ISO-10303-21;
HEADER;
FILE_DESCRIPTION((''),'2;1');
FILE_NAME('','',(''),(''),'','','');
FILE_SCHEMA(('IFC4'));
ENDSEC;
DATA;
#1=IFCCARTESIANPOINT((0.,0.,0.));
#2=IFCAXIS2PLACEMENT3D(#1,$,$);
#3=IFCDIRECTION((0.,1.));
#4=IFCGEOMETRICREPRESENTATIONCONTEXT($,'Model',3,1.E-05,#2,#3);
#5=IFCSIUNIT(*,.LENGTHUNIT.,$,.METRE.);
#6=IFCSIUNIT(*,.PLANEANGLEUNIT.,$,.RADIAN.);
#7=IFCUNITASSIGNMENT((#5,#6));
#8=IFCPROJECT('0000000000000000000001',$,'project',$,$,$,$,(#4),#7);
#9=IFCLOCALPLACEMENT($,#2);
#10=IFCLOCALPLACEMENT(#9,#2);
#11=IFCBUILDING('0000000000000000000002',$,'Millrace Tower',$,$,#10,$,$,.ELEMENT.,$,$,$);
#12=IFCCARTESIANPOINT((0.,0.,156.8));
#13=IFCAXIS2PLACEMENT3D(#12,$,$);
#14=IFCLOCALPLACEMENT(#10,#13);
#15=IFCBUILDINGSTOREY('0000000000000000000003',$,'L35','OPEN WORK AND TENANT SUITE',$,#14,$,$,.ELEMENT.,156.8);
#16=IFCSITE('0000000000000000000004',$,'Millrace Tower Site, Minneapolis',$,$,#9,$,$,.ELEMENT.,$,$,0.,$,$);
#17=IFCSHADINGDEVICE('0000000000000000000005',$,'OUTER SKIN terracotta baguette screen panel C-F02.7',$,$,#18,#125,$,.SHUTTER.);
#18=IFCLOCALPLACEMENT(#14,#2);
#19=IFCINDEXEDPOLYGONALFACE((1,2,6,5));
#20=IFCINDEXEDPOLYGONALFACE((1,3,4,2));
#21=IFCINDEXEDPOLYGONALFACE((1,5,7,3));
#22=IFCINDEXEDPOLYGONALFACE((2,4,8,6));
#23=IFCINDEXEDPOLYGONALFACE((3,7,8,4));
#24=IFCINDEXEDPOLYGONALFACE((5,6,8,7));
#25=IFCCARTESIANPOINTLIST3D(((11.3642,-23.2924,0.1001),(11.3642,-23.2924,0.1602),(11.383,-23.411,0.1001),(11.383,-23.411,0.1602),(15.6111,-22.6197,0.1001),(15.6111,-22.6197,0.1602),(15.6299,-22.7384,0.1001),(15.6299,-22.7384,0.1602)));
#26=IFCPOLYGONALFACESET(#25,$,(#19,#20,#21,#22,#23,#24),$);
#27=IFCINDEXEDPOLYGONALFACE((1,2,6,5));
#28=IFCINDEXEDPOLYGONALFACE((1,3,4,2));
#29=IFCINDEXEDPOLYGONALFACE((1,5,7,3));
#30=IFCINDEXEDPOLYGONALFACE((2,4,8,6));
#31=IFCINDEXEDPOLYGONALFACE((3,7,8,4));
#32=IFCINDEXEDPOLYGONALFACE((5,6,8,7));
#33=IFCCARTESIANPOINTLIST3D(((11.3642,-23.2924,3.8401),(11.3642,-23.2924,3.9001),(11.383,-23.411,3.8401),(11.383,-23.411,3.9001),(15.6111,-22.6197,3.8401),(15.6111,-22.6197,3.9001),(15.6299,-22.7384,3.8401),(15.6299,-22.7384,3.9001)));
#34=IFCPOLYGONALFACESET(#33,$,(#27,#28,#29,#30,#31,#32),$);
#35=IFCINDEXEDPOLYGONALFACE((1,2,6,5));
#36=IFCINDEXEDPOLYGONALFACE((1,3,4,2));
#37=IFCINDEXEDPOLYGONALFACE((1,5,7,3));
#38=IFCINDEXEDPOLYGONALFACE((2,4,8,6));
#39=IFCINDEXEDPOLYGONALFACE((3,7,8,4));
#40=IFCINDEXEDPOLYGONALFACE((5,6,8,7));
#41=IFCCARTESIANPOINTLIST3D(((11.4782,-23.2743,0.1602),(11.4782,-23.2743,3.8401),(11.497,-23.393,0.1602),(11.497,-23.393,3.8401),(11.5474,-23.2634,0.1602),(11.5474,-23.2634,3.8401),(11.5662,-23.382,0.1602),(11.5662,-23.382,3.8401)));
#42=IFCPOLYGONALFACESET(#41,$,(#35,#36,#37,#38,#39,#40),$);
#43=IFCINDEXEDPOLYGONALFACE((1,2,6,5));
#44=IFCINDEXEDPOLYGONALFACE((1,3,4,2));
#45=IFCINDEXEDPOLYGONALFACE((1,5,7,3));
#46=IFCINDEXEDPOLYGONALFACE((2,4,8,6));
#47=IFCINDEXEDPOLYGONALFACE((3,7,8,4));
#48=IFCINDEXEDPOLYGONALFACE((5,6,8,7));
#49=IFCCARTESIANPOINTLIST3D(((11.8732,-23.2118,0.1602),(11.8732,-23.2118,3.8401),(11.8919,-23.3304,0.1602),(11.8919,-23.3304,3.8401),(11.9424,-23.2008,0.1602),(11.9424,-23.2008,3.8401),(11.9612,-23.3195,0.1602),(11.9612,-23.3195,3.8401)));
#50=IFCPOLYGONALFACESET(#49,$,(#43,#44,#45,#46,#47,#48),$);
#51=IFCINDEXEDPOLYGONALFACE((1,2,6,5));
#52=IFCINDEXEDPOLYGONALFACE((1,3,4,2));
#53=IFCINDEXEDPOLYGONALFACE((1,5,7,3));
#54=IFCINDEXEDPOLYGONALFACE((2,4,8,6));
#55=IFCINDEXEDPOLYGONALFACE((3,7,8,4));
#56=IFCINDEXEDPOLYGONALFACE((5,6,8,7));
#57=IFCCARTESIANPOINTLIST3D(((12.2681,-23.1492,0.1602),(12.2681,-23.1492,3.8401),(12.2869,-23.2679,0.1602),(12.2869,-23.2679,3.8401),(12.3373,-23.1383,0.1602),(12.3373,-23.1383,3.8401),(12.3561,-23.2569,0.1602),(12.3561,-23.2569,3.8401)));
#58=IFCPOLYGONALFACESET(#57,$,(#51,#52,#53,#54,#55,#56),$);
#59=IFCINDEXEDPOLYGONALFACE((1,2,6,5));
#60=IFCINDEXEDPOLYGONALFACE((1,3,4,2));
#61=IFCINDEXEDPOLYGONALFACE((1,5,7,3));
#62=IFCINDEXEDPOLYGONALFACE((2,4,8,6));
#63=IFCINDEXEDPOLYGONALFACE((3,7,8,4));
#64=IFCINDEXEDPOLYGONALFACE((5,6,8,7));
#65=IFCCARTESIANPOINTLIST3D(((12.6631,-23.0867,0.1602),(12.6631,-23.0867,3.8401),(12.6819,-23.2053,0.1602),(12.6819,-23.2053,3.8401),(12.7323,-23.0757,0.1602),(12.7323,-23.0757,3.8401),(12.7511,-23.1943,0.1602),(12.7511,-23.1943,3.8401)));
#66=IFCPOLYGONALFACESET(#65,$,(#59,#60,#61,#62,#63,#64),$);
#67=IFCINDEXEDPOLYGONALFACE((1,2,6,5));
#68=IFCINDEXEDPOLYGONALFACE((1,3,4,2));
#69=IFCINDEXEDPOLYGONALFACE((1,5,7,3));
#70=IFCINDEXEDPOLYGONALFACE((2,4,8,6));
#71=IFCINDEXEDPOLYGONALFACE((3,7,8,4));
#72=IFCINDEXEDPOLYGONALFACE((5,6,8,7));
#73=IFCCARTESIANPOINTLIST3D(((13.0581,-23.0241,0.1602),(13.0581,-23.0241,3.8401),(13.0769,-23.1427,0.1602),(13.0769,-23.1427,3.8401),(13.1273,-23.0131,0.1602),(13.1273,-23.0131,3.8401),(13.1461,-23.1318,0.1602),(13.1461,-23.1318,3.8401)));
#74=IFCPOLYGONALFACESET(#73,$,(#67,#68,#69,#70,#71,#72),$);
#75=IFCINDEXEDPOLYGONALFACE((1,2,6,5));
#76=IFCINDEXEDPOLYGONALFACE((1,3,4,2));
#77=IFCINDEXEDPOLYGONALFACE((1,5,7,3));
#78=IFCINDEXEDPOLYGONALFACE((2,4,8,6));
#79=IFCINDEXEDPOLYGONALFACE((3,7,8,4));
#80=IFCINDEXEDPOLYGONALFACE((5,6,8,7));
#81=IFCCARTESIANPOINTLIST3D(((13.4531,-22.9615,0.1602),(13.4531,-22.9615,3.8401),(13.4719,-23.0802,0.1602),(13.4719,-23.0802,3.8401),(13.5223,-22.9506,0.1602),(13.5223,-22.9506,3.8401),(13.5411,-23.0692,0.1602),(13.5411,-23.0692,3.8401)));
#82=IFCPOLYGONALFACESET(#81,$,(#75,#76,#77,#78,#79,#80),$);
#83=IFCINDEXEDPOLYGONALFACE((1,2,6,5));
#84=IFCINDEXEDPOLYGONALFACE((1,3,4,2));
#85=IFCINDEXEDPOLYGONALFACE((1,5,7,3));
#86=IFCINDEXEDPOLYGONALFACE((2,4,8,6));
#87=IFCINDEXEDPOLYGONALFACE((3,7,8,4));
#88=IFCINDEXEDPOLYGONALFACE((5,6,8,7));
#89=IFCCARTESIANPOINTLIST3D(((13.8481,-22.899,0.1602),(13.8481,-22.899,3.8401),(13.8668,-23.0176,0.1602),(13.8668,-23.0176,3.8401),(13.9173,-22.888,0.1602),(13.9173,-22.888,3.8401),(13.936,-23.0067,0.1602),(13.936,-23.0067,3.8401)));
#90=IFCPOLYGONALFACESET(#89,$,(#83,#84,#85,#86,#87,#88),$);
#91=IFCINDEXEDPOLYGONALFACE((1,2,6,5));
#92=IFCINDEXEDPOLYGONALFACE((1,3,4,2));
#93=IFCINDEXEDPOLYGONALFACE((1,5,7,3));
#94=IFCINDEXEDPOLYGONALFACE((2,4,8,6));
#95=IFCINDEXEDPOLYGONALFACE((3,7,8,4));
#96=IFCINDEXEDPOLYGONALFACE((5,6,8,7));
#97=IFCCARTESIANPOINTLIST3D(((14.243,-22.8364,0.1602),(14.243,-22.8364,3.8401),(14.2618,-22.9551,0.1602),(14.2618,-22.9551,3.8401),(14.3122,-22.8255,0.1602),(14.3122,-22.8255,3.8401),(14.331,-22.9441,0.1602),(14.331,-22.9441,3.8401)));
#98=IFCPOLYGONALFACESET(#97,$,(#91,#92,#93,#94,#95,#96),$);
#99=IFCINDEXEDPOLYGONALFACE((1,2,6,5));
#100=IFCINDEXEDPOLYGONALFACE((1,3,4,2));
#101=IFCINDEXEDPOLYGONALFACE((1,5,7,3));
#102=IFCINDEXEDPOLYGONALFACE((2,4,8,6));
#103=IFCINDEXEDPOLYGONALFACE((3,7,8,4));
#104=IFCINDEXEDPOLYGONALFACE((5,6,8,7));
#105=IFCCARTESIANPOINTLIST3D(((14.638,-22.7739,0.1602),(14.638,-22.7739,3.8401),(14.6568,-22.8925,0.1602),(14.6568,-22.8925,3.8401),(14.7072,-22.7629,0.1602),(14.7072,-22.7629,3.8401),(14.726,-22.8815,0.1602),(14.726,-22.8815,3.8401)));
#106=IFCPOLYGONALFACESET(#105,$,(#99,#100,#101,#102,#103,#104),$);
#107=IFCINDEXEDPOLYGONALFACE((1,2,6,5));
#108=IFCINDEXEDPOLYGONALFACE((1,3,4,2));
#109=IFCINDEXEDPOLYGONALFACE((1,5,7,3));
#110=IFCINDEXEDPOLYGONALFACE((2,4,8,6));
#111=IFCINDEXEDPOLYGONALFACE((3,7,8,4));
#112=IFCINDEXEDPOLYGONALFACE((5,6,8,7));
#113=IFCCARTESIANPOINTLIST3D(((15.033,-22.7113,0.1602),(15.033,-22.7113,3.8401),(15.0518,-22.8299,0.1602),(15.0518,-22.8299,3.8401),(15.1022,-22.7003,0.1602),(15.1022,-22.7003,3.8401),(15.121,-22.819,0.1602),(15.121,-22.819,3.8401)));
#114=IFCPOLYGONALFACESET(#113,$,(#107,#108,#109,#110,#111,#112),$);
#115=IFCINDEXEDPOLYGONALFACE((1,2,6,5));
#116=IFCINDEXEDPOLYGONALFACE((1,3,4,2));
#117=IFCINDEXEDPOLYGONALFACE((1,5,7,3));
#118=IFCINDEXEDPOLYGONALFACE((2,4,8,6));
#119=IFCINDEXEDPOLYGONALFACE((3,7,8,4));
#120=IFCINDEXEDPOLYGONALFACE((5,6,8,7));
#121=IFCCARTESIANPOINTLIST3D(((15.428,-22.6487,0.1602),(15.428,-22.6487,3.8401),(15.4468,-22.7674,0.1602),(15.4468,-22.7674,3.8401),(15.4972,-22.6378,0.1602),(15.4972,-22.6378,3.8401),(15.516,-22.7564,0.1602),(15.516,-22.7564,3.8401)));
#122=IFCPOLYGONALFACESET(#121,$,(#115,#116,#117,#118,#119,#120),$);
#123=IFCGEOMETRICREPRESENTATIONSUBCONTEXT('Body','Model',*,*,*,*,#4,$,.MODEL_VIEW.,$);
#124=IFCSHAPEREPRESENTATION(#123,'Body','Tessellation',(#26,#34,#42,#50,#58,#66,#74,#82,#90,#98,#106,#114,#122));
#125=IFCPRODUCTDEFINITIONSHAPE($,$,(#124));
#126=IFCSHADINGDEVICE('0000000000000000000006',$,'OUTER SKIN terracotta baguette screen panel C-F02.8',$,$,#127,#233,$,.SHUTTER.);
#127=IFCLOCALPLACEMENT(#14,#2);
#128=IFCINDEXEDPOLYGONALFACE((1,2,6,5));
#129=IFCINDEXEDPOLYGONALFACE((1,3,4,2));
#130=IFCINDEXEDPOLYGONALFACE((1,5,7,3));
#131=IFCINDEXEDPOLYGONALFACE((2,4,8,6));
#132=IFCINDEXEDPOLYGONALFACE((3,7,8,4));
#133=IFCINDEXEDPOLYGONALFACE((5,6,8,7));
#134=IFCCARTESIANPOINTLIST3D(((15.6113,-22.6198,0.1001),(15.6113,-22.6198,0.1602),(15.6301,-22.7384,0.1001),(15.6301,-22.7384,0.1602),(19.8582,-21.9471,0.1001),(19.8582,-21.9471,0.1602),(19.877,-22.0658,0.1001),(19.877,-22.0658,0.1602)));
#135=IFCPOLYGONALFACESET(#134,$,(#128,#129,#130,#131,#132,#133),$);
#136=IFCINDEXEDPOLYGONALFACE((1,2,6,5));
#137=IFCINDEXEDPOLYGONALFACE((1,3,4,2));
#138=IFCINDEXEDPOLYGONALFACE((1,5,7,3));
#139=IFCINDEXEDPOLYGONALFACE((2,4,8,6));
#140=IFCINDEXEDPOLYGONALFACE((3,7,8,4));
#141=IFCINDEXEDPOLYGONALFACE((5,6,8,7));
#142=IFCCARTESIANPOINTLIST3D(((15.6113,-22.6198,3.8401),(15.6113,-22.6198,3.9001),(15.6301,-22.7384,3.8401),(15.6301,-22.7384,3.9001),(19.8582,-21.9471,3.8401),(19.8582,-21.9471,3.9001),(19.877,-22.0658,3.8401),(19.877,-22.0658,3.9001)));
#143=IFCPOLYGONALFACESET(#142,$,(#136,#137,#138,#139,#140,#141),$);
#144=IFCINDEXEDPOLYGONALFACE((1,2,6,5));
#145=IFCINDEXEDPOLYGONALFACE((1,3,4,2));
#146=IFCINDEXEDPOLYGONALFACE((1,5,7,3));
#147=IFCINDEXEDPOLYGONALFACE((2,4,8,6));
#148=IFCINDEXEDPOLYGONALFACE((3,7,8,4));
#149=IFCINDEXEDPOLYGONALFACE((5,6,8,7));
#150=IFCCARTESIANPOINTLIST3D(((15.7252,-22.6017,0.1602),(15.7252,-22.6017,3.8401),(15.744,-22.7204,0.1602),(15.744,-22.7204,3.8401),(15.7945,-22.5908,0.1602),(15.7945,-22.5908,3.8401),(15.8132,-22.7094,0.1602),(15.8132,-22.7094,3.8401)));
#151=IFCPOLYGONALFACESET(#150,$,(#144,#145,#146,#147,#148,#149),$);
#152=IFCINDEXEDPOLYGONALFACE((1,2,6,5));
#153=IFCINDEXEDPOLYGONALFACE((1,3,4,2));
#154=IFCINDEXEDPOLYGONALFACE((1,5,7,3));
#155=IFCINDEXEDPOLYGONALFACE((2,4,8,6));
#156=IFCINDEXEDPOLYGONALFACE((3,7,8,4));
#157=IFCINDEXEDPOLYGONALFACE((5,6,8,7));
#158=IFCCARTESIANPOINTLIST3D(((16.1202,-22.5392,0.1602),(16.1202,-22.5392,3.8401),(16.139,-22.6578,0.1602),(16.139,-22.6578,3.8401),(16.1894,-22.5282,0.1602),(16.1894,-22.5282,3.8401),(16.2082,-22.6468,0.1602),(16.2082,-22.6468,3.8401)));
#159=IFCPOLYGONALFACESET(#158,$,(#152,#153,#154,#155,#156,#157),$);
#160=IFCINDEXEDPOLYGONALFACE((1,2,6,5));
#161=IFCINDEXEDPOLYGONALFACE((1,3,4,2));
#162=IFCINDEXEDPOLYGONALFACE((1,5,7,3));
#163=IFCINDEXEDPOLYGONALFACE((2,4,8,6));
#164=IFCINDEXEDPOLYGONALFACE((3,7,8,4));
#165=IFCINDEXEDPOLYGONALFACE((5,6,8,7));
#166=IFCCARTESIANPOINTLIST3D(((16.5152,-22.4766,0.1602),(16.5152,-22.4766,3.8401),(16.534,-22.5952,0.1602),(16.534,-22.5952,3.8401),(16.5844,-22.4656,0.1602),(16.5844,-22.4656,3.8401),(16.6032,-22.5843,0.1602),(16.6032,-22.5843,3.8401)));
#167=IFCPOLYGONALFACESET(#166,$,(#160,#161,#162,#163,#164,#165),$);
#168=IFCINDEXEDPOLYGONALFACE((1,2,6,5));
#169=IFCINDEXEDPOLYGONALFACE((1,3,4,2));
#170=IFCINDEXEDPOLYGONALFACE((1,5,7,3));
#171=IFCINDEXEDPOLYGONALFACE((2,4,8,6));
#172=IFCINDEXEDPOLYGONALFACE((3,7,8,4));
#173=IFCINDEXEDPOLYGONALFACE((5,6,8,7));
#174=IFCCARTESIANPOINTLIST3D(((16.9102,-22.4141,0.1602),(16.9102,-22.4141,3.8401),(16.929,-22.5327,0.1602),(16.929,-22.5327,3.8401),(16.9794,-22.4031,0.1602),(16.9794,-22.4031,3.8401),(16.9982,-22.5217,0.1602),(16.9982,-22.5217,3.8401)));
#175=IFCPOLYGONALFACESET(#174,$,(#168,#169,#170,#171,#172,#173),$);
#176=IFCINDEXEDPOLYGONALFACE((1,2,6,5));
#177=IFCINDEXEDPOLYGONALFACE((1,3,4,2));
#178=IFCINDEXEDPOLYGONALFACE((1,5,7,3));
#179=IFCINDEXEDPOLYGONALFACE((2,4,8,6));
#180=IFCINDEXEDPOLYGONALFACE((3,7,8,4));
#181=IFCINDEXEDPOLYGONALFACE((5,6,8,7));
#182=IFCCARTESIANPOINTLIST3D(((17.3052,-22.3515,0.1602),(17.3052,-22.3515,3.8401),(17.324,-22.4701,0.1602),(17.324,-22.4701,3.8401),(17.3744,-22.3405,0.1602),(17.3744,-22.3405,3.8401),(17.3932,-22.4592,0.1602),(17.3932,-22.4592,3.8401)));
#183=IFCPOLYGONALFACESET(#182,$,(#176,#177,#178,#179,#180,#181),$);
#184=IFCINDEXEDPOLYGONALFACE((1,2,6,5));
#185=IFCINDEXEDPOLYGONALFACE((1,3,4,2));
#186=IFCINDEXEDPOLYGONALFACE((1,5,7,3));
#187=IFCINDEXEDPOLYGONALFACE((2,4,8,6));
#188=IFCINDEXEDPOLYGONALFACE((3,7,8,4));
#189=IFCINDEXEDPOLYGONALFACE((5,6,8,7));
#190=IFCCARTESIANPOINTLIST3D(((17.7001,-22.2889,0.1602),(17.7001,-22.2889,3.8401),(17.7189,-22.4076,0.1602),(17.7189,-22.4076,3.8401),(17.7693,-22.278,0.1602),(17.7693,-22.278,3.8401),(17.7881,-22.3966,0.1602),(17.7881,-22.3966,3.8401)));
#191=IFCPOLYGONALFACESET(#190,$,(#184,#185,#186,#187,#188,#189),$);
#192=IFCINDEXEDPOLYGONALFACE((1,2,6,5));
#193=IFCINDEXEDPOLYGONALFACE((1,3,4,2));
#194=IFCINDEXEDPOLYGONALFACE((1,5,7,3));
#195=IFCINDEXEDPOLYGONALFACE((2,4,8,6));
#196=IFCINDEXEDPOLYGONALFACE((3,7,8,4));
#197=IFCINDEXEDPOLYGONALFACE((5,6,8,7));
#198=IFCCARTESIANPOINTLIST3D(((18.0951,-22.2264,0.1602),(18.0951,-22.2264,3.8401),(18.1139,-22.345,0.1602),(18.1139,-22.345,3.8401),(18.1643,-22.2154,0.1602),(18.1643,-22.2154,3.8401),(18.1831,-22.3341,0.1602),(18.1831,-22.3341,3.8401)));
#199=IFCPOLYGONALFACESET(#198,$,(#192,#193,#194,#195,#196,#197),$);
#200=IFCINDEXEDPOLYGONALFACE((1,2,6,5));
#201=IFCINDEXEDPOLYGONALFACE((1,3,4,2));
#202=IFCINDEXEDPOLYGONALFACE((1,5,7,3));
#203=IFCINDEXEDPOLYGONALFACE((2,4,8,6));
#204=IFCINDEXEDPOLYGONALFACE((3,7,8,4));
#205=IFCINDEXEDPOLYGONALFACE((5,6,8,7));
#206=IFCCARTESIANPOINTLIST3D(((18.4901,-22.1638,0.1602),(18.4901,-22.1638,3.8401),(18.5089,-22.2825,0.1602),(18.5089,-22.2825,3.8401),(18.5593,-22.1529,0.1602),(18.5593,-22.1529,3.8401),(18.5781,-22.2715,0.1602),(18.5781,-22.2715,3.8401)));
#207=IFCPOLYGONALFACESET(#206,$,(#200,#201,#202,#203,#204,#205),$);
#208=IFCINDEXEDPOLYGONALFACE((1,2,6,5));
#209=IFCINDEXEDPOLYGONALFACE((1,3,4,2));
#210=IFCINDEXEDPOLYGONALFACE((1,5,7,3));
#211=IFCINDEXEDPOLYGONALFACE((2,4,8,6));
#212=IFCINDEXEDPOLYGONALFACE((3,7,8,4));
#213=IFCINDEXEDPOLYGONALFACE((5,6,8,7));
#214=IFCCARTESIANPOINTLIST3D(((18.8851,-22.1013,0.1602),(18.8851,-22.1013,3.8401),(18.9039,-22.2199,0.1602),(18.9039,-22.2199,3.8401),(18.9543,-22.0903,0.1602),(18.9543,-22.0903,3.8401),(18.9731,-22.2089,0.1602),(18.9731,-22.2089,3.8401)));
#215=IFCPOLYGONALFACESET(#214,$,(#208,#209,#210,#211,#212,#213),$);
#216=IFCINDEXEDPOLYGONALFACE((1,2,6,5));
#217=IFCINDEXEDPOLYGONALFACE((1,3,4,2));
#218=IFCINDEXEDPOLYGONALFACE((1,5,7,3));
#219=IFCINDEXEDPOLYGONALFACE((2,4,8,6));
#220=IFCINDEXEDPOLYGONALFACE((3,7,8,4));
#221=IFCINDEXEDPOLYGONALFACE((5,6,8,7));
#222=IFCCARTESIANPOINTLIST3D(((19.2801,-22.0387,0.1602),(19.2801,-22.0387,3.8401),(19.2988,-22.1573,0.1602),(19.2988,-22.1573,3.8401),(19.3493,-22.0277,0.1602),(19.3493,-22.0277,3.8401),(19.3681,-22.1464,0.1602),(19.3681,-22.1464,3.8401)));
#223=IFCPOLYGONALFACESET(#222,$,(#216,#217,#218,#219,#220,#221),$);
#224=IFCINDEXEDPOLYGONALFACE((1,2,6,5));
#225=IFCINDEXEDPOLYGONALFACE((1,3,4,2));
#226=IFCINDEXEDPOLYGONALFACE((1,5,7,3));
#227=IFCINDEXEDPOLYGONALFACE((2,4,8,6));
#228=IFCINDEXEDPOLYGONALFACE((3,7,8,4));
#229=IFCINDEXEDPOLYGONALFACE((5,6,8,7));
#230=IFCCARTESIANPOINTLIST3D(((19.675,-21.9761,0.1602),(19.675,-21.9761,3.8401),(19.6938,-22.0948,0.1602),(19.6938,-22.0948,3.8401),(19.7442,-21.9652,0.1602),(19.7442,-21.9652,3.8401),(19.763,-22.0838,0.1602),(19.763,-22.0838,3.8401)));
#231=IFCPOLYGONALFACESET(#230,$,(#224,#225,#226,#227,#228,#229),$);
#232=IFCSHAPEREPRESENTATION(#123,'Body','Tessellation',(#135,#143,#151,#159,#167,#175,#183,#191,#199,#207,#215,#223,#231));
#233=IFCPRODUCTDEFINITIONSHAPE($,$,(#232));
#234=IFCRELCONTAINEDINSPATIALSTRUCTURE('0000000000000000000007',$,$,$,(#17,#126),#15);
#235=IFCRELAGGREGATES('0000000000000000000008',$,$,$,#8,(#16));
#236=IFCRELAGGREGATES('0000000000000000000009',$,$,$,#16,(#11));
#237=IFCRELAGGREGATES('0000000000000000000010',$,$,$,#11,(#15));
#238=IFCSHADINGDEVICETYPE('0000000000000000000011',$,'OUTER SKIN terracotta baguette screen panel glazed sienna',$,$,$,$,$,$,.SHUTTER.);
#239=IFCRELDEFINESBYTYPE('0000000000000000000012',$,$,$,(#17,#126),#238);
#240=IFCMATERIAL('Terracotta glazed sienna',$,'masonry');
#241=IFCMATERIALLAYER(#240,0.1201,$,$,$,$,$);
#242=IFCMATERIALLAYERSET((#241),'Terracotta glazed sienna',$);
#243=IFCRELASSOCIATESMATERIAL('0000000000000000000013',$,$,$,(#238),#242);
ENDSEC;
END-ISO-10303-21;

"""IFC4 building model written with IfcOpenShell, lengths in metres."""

from ifc_helpers import new_model, entity, si_unit, direction, frame, frame_2d, origin, origin_2d, place, context, subcontext, project, spatial, rectangle, extrude, source, transform, mapped, material, layer, layer_set, type_object, element, save


model = new_model("IFC4")

# Units and contexts
model_context = context("Model", 3, precision=1e-05, world=origin(), true_north=direction((0.0, 1.0)))
body_context = subcontext(model_context, "Body", "Model", "MODEL_VIEW")
ifc_project = project(units=[si_unit("LENGTHUNIT", "METRE"), si_unit("PLANEANGLEUNIT", "RADIAN")], contexts=[model_context])

# Site, building, storey
site_placement = place(None, origin())
site = spatial("IfcSite", under=ifc_project, at=site_placement, Name="Millrace Tower Site, Minneapolis", CompositionType="ELEMENT", RefElevation=0.0)
building_placement = place(site_placement, origin())
building = spatial("IfcBuilding", under=site, at=building_placement, Name="Millrace Tower", CompositionType="ELEMENT")
storey_placement = place(building_placement, frame((0.0, 0.0, 156.8)))
storey = spatial("IfcBuildingStorey", under=building, at=storey_placement, Name="L35", Description="OPEN WORK AND TENANT SUITE", CompositionType="ELEMENT", Elevation=156.8)

# Shading devices
ifc_material_1 = material(Name="Terracotta glazed sienna", Category="masonry")
ifc_layer_1 = layer(ifc_material_1, 0.1201)
ifc_layer_set_1 = layer_set([ifc_layer_1], Name="Terracotta glazed sienna")
shading_device_type = type_object("IfcShadingDeviceType", Name="OUTER SKIN terracotta baguette screen panel glazed sienna", PredefinedType="SHUTTER", material=ifc_layer_set_1)
cartesian_point_1 = entity("IfcCartesianPoint", [-2.1499, 0.0601])
shared_polyline_1 = entity("IfcPolyline", [cartesian_point_1, entity("IfcCartesianPoint", [2.1499, 0.0601]), entity("IfcCartesianPoint", [2.1499, -0.0601]), entity("IfcCartesianPoint", [-2.1499, -0.0601]), cartesian_point_1])
shared_shape_1 = source(origin(), body_context, "Body", "SweptSolid", [
    entity("IfcExtrudedAreaSolid", entity("IfcArbitraryClosedProfileDef", "AREA", None, shared_polyline_1), entity("IfcAxis2Placement3D", entity("IfcCartesianPoint", [0.0, 0.0, 0.0])), entity("IfcDirection", [0.0, 0.0, 1.0]), 0.0601),
    entity("IfcExtrudedAreaSolid", entity("IfcArbitraryClosedProfileDef", "AREA", None, shared_polyline_1), entity("IfcAxis2Placement3D", entity("IfcCartesianPoint", [0.0, 0.0, 3.74])), entity("IfcDirection", [0.0, 0.0, 1.0]), 0.0601),
    extrude(rectangle(XDim=0.0701, YDim=0.1201, at=frame_2d((-1.9995, 0.0))), frame((0.0, 0.0, 0.0601)), (0.0, 0.0, 1.0), 3.6799),
    extrude(rectangle(XDim=0.0701, YDim=0.1201, at=frame_2d((-1.5996, 0.0))), frame((0.0, 0.0, 0.0601)), (0.0, 0.0, 1.0), 3.6799),
    extrude(rectangle(XDim=0.0701, YDim=0.1201, at=frame_2d((-1.1997, 0.0))), frame((0.0, 0.0, 0.0601)), (0.0, 0.0, 1.0), 3.6799),
    extrude(rectangle(XDim=0.0701, YDim=0.1201, at=frame_2d((-0.7998, 0.0))), frame((0.0, 0.0, 0.0601)), (0.0, 0.0, 1.0), 3.6799),
    extrude(rectangle(XDim=0.0701, YDim=0.1201, at=frame_2d((-0.3999, 0.0))), frame((0.0, 0.0, 0.0601)), (0.0, 0.0, 1.0), 3.6799),
    extrude(rectangle(XDim=0.0701, YDim=0.1201, at=origin_2d()), frame((0.0, 0.0, 0.0601)), (0.0, 0.0, 1.0), 3.6799),
    extrude(rectangle(XDim=0.0701, YDim=0.1201, at=frame_2d((0.3999, 0.0))), frame((0.0, 0.0, 0.0601)), (0.0, 0.0, 1.0), 3.6799),
    extrude(rectangle(XDim=0.0701, YDim=0.1201, at=frame_2d((0.7998, 0.0))), frame((0.0, 0.0, 0.0601)), (0.0, 0.0, 1.0), 3.6799),
    extrude(rectangle(XDim=0.0701, YDim=0.1201, at=frame_2d((1.1997, 0.0))), frame((0.0, 0.0, 0.0601)), (0.0, 0.0, 1.0), 3.6799),
    extrude(rectangle(XDim=0.0701, YDim=0.1201, at=frame_2d((1.5996, 0.0))), frame((0.0, 0.0, 0.0601)), (0.0, 0.0, 1.0), 3.6799),
    extrude(rectangle(XDim=0.0701, YDim=0.1201, at=frame_2d((1.9995, 0.0))), frame((0.0, 0.0, 0.0601)), (0.0, 0.0, 1.0), 3.6799),
])
for number, where, z_axis, x_axis, name in (
    (1, (13.4971, -23.0154, 0.1001), (0.0, 0.0, 1.0), (0.987688, 0.156434, 0.0), "OUTER SKIN terracotta baguette screen panel C-F02.7"),
    (2, (17.7441, -22.3428, 0.1001), (0.0, 0.0, 1.0), (0.987688, 0.156434, 0.0), "OUTER SKIN terracotta baguette screen panel C-F02.8"),
):
    element("IfcShadingDevice", number, at=place(storey_placement, frame(where, z_axis=z_axis, x_axis=x_axis)), inside=storey, type_object=shading_device_type, Name=name, PredefinedType="SHUTTER", context=body_context, shape_type="MappedRepresentation", body=[
        mapped(shared_shape_1, transform((0.0, 0.0, 0.0), scale=1.0)),
    ])

save(model, "model.ifc")
